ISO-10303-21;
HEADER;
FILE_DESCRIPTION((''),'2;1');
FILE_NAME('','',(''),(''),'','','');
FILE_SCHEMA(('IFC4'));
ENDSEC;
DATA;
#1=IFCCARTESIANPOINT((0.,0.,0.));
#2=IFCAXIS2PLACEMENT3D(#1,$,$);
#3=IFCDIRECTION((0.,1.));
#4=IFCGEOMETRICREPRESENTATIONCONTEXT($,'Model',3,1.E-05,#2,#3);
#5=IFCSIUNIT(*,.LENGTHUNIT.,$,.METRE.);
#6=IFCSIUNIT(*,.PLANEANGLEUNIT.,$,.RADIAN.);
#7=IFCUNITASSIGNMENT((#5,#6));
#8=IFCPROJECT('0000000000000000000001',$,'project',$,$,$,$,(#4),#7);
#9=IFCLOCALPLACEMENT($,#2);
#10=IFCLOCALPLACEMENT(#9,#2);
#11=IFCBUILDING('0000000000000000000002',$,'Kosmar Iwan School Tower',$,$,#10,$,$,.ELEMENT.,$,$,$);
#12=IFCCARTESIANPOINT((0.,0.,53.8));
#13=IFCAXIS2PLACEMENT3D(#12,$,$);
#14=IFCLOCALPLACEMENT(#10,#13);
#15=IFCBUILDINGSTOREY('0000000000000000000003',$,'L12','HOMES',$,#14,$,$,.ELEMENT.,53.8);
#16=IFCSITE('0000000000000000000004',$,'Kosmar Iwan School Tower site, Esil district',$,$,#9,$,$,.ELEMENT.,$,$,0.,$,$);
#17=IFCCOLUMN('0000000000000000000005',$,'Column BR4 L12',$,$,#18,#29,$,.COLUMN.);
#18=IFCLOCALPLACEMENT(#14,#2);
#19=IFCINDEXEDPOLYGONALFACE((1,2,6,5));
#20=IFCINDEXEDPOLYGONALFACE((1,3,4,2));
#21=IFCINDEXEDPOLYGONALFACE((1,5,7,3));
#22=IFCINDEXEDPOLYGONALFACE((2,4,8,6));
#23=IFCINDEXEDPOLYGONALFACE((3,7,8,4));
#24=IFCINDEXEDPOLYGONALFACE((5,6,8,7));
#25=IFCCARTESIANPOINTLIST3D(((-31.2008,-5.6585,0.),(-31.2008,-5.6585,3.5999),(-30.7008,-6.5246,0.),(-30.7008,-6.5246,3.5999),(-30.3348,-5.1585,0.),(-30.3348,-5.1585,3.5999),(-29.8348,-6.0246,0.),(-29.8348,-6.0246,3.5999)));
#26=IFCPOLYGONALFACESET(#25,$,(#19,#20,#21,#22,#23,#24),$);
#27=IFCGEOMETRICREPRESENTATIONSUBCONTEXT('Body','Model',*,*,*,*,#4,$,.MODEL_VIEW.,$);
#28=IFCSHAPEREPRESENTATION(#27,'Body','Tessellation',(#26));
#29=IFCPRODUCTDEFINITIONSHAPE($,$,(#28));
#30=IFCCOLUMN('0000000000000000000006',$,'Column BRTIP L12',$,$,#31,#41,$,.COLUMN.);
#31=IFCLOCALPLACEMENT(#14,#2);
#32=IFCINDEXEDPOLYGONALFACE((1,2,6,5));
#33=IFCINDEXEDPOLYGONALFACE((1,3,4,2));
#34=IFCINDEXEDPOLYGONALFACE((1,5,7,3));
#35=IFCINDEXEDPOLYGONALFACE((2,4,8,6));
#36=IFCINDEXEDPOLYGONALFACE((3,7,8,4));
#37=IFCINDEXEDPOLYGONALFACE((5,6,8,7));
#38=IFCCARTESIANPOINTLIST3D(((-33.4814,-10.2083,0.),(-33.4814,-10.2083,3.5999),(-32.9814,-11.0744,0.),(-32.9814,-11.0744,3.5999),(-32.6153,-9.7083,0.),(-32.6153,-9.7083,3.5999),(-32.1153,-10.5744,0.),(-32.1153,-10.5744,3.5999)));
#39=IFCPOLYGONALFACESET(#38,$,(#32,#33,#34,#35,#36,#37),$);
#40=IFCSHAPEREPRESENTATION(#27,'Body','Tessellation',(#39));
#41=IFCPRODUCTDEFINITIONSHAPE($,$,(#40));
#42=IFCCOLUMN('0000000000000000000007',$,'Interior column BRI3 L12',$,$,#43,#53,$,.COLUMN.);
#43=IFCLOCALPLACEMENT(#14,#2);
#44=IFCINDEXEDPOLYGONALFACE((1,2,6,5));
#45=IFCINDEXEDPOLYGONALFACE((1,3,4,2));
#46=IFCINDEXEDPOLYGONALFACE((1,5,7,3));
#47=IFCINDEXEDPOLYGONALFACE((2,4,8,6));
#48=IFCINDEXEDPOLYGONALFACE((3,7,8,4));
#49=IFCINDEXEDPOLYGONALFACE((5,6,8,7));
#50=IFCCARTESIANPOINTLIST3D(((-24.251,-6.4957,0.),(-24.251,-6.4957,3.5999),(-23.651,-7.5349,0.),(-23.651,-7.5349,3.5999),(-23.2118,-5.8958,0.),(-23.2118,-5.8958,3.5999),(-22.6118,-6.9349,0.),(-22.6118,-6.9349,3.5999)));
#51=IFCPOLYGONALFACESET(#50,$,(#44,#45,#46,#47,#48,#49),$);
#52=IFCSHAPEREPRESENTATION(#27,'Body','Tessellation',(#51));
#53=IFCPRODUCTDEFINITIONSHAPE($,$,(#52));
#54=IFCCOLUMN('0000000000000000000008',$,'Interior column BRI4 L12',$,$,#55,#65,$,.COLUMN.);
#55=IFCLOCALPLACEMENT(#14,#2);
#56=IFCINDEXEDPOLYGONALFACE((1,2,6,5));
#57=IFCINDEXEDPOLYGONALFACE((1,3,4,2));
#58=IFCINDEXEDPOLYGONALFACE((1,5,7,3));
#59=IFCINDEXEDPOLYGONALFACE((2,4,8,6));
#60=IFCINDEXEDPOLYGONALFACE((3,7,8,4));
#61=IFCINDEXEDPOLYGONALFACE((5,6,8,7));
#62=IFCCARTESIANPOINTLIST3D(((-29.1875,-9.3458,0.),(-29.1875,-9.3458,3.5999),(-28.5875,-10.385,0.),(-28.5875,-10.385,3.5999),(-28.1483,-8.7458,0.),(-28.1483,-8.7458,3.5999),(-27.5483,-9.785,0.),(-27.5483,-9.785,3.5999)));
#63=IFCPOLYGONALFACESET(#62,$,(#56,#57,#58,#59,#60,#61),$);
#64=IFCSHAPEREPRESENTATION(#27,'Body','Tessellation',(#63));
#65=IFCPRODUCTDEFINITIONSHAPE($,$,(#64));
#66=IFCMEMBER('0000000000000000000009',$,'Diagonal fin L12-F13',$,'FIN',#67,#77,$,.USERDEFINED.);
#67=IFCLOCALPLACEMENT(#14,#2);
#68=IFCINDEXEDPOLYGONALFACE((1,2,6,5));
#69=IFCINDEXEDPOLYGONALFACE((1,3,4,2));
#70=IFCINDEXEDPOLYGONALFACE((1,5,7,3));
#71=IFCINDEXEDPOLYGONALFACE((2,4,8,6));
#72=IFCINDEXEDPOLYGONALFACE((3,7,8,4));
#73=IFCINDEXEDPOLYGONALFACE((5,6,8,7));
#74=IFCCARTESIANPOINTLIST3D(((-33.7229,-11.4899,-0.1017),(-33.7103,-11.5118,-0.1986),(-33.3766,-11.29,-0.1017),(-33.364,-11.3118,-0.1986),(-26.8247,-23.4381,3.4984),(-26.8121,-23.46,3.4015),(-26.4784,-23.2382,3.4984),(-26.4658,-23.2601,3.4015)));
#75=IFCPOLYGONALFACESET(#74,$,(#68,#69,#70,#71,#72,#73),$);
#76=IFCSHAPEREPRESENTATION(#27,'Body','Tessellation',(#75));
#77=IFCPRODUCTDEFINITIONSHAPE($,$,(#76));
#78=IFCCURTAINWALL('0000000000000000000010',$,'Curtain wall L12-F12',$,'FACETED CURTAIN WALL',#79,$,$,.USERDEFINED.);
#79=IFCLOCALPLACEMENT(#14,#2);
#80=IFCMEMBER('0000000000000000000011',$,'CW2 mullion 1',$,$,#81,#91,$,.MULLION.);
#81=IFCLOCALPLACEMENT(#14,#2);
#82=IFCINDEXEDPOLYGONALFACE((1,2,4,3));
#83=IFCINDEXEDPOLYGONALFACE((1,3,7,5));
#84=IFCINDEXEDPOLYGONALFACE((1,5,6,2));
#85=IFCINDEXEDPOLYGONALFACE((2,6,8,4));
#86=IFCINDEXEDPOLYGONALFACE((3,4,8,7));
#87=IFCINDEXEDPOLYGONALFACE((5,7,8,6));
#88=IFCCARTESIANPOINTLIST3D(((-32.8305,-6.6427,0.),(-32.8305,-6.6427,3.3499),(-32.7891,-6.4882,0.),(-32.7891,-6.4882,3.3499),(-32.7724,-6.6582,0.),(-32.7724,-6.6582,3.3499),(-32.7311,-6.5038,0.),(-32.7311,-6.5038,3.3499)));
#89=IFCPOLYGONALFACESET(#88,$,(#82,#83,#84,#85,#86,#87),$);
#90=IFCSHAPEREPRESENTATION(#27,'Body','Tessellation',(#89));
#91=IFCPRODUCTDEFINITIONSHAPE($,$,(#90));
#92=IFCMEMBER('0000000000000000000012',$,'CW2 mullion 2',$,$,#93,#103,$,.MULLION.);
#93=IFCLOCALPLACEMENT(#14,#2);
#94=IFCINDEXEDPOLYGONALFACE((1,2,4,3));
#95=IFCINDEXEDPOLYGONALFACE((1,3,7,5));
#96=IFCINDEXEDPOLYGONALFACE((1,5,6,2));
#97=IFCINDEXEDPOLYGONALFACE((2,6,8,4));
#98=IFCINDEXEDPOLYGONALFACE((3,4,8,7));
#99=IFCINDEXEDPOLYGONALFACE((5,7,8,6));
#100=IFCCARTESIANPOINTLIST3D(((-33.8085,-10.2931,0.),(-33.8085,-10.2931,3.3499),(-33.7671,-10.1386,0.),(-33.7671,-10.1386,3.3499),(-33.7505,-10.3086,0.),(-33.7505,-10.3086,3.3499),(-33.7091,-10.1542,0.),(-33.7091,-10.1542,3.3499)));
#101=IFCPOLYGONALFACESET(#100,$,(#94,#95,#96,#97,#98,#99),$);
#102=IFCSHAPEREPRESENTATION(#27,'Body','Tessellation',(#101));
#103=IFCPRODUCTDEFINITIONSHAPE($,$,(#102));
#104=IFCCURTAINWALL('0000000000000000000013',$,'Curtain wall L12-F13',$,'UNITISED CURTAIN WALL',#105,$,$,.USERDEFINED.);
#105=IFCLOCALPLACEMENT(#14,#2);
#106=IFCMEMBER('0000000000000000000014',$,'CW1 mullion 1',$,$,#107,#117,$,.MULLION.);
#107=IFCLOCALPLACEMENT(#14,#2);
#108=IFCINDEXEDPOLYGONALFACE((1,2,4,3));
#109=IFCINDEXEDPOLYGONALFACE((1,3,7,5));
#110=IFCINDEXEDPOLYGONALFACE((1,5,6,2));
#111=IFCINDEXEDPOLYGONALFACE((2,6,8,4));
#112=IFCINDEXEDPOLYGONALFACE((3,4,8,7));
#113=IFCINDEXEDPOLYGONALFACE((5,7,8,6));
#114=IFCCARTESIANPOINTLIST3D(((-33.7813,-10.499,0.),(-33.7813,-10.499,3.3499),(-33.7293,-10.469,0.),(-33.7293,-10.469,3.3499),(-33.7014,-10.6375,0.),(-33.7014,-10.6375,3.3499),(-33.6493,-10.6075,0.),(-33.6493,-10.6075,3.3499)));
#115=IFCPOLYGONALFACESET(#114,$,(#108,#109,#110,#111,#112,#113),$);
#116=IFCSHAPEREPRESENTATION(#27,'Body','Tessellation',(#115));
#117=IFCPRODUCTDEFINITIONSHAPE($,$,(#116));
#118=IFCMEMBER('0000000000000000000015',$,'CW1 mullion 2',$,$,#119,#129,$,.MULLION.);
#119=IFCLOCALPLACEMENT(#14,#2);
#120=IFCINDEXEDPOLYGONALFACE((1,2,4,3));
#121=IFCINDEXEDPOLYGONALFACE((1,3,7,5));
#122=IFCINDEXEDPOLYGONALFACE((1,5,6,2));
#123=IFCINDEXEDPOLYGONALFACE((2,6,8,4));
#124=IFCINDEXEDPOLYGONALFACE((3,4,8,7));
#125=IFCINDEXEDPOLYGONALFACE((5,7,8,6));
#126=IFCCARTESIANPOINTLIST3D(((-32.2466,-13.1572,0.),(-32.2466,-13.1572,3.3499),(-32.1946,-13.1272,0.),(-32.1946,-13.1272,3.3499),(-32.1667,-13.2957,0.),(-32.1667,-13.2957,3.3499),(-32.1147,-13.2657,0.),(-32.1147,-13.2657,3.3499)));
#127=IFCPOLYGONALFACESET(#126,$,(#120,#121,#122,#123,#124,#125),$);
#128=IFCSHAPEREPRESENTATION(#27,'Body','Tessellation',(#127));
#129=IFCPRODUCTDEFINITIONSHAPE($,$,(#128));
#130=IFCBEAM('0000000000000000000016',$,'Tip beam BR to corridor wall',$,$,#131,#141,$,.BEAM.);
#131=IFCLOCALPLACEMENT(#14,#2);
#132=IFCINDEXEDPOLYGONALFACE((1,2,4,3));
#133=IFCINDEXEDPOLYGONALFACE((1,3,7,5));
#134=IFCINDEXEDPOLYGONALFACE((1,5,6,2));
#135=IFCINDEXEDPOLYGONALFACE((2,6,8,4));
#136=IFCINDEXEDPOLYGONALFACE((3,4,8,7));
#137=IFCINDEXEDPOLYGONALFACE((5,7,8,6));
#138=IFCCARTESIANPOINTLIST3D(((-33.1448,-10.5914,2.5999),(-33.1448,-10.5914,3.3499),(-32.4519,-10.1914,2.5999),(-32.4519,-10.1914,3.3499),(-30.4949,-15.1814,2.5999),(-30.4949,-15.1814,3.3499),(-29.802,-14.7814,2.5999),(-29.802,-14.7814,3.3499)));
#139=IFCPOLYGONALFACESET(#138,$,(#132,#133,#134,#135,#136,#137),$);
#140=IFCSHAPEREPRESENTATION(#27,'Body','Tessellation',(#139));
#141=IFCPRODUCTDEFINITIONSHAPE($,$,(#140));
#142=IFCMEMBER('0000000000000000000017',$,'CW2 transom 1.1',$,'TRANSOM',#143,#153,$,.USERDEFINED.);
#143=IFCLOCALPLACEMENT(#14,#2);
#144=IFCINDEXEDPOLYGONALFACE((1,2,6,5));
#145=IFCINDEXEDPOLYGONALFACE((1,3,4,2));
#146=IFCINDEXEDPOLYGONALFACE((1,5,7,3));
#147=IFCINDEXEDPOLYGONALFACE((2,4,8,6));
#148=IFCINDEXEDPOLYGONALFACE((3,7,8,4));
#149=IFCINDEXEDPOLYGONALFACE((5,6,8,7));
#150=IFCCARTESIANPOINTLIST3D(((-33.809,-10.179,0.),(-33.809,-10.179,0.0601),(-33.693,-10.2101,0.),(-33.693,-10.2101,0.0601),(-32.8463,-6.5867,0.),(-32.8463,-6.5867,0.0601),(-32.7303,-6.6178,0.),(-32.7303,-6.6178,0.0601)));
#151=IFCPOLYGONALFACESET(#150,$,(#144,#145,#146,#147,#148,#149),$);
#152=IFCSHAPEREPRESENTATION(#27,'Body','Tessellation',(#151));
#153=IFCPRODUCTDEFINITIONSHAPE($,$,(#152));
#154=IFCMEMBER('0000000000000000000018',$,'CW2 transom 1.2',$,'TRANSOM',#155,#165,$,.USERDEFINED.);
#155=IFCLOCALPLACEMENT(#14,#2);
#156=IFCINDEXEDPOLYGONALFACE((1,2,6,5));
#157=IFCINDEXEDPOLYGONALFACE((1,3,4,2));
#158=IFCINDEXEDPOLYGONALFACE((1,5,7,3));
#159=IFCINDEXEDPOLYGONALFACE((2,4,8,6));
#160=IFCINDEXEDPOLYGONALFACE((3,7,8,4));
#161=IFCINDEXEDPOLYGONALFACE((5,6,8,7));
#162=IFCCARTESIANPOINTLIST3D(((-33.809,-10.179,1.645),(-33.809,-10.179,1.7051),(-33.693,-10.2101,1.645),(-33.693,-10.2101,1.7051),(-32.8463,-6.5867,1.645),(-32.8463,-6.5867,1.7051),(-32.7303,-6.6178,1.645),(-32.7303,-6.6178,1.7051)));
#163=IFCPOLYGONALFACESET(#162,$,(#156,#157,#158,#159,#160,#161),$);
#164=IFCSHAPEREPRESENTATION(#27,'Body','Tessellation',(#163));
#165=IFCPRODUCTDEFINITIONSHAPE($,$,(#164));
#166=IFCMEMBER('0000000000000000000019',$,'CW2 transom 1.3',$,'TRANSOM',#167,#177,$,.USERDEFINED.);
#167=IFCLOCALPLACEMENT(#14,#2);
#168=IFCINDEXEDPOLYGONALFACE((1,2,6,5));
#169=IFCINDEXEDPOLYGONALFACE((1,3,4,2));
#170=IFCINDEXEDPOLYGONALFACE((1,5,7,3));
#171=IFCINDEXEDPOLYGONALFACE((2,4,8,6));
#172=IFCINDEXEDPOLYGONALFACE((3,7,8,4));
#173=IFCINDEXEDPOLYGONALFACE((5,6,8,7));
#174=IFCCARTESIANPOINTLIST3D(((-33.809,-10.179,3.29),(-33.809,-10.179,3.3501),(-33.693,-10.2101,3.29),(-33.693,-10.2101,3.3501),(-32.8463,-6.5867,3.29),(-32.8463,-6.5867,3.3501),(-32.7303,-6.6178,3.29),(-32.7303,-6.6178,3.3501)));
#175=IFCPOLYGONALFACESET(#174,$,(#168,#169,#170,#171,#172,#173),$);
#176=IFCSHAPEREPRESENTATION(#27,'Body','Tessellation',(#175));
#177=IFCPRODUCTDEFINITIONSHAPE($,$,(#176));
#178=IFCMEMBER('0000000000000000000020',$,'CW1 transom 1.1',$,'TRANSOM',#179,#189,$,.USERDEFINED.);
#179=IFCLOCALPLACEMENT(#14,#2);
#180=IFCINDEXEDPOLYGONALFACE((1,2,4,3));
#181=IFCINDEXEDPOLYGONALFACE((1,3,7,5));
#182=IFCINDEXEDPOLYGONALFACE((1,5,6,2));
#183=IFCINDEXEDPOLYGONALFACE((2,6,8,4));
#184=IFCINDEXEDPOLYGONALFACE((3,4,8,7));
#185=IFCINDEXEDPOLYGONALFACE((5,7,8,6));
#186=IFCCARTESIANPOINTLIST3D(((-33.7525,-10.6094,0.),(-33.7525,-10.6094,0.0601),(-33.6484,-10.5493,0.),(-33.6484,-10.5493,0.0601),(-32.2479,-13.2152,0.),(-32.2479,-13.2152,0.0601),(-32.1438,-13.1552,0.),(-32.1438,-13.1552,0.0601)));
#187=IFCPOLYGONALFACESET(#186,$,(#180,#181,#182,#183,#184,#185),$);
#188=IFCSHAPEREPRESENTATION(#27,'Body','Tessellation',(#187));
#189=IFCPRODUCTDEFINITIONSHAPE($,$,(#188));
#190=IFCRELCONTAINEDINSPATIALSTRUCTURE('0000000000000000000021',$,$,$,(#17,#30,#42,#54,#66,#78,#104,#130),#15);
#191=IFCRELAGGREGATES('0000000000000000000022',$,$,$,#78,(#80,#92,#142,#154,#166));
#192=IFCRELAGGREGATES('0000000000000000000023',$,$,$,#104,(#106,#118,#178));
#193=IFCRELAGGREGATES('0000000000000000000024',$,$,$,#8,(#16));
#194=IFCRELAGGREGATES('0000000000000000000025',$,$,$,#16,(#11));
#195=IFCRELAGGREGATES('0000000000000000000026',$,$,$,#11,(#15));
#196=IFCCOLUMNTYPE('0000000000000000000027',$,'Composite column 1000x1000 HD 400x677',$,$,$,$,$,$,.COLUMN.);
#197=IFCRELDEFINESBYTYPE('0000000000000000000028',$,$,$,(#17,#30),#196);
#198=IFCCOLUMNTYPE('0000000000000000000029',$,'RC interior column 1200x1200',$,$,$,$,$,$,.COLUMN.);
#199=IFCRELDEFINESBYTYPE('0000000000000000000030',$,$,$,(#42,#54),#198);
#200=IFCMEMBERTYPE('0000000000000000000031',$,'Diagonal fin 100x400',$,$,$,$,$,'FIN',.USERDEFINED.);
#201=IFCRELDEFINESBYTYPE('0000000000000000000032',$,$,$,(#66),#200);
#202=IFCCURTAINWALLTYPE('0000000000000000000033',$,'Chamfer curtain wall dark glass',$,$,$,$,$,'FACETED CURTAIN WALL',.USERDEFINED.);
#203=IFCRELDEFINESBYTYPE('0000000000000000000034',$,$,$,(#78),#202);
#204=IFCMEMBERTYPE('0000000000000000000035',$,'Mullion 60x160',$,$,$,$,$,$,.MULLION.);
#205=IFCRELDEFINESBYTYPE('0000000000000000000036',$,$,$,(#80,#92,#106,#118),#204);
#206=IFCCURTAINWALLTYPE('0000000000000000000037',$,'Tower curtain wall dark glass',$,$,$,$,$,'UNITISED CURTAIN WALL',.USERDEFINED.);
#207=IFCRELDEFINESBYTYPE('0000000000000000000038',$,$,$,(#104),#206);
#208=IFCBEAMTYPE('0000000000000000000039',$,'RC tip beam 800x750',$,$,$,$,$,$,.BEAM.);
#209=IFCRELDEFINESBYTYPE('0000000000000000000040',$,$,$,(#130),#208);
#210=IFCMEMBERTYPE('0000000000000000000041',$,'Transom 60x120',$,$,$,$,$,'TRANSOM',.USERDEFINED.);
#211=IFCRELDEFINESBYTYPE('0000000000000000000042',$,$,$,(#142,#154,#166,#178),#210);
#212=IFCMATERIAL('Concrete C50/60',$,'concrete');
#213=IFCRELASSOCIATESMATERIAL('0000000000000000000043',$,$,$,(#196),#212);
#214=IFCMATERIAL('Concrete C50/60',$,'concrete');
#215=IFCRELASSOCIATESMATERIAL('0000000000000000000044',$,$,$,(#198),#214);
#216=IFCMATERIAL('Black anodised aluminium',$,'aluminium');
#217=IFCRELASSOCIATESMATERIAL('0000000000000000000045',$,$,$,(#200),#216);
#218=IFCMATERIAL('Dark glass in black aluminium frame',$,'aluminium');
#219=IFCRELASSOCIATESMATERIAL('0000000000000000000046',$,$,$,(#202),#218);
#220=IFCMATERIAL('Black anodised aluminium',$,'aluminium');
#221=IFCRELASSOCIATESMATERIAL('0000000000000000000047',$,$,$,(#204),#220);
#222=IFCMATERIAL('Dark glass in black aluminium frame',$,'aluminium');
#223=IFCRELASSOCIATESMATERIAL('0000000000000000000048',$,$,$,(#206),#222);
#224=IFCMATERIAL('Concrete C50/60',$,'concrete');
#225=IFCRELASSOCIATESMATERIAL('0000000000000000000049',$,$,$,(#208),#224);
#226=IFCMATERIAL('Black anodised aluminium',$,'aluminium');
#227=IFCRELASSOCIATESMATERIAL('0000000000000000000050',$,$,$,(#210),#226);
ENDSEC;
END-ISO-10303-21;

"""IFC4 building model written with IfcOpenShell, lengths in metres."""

from ifc_helpers import new_model, si_unit, direction, frame, origin, origin_2d, place, context, subcontext, project, spatial, rectangle, extrude, material, material_profile, profile_set, type_object, element, aggregate, save


model = new_model("IFC4")

# Units and contexts
model_context = context("Model", 3, precision=1e-05, world=origin(), true_north=direction((0.0, 1.0)))
body_context = subcontext(model_context, "Body", "Model", "MODEL_VIEW")
ifc_project = project(units=[si_unit("LENGTHUNIT", "METRE"), si_unit("PLANEANGLEUNIT", "RADIAN")], contexts=[model_context])

# Site, building, storey
site_placement = place(None, origin())
site = spatial("IfcSite", under=ifc_project, at=site_placement, Name="Kosmar Iwan School Tower site, Esil district", CompositionType="ELEMENT", RefElevation=0.0)
building_placement = place(site_placement, origin())
building = spatial("IfcBuilding", under=site, at=building_placement, Name="Kosmar Iwan School Tower", CompositionType="ELEMENT")
storey_placement = place(building_placement, frame((0.0, 0.0, 53.8)))
storey = spatial("IfcBuildingStorey", under=building, at=storey_placement, Name="L12", Description="HOMES", CompositionType="ELEMENT", Elevation=53.8)

# Columns
ifc_material_1 = material(Name="Concrete C50/60", Category="concrete")
ifc_material_profile_1 = material_profile(ifc_material_1, rectangle(XDim=1.0, YDim=1.0, at=origin_2d()), Name="RC 1000x1000 + HD 400x677")
ifc_profile_set_1 = profile_set([ifc_material_profile_1], Name="Concrete C50/60")
column_type_1 = type_object("IfcColumnType", Name="Composite column 1000x1000 HD 400x677", PredefinedType="COLUMN", material=ifc_profile_set_1)
for number, where, z_axis, x_axis, name in (
    (1, (-30.5178, -5.8416, 0.0), (0.0, 0.0, 1.0), (-0.866025, -0.5, 0.0), "Column BR4 L12"),
    (2, (-32.7983, -10.3914, 0.0), (0.0, 0.0, 1.0), (-0.866025, -0.5, 0.0), "Column BRTIP L12"),
):
    element("IfcColumn", number, at=place(storey_placement, frame(where, z_axis=z_axis, x_axis=x_axis)), inside=storey, type_object=column_type_1, Name=name, PredefinedType="COLUMN", context=body_context, shape_type="SweptSolid", body=[
        extrude(rectangle(XDim=1.0, YDim=1.0, at=origin_2d()), origin(), (0.0, 0.0, 1.0), 3.5999),
    ])
ifc_material_2 = material(Name="Concrete C50/60", Category="concrete")
ifc_material_profile_2 = material_profile(ifc_material_2, rectangle(XDim=1.2, YDim=1.2, at=origin_2d()), Name="RC 1200x1200")
ifc_profile_set_2 = profile_set([ifc_material_profile_2], Name="Concrete C50/60")
column_type_2 = type_object("IfcColumnType", Name="RC interior column 1200x1200", PredefinedType="COLUMN", material=ifc_profile_set_2)
for number, where, z_axis, x_axis, name in (
    (3, (-23.4314, -6.7153, 0.0), (0.0, 0.0, 1.0), (-0.866025, -0.5, 0.0), "Interior column BRI3 L12"),
    (4, (-28.3679, -9.5654, 0.0), (0.0, 0.0, 1.0), (-0.866025, -0.5, 0.0), "Interior column BRI4 L12"),
):
    element("IfcColumn", number, at=place(storey_placement, frame(where, z_axis=z_axis, x_axis=x_axis)), inside=storey, type_object=column_type_2, Name=name, PredefinedType="COLUMN", context=body_context, shape_type="SweptSolid", body=[
        extrude(rectangle(XDim=1.2, YDim=1.2, at=origin_2d()), origin(), (0.0, 0.0, 1.0), 3.5999),
    ])

# Member
ifc_material_3 = material(Name="Black anodised aluminium", Category="aluminium")
ifc_material_profile_3 = material_profile(ifc_material_3, rectangle(XDim=0.1001, YDim=0.3999, at=origin_2d()), Name="FIN 100x400")
ifc_profile_set_3 = profile_set([ifc_material_profile_3], Name="Black anodised aluminium")
member_type_1 = type_object("IfcMemberType", Name="Diagonal fin 100x400", ElementType="FIN", PredefinedType="USERDEFINED", material=ifc_profile_set_3)
member_1_placement = place(storey_placement, frame((-33.5435, -11.4009, -0.1501), z_axis=(0.483793, -0.83797, 0.252487), x_axis=(-0.126242, 0.218661, 0.9676)))
element("IfcMember", 5, at=member_1_placement, inside=storey, type_object=member_type_1, Name="Diagonal fin L12-F13", ObjectType="FIN", PredefinedType="USERDEFINED", context=body_context, shape_type="SweptSolid", body=[
    extrude(rectangle(XDim=0.1001, YDim=0.3999, at=origin_2d()), origin(), (0.0, 0.0, 1.0), 14.2585),
])

# Curtain walls, members
ifc_material_4 = material(Name="Dark glass in black aluminium frame", Category="aluminium")
curtain_wall_type_1 = type_object("IfcCurtainWallType", Name="Chamfer curtain wall dark glass", ElementType="FACETED CURTAIN WALL", PredefinedType="USERDEFINED", material=ifc_material_4)
curtain_wall_1_placement = place(storey_placement, origin())
curtain_wall_1 = element("IfcCurtainWall", 6, at=curtain_wall_1_placement, inside=storey, type_object=curtain_wall_type_1, Name="Curtain wall L12-F12", ObjectType="FACETED CURTAIN WALL", PredefinedType="USERDEFINED")
ifc_material_5 = material(Name="Black anodised aluminium", Category="aluminium")
ifc_material_profile_4 = material_profile(ifc_material_5, rectangle(XDim=0.0601, YDim=0.1599, at=origin_2d()), Name="MULLION 60x160")
ifc_profile_set_4 = profile_set([ifc_material_profile_4], Name="Black anodised aluminium")
member_type_2 = type_object("IfcMemberType", Name="Mullion 60x160", PredefinedType="MULLION", material=ifc_profile_set_4)
member_2_placement = place(storey_placement, frame((-32.7808, -6.5732, 0.0), z_axis=(0.0, 0.0, 1.0), x_axis=(0.965926, -0.258819, 0.0)))
member_2 = element("IfcMember", 7, at=member_2_placement, type_object=member_type_2, Name="CW2 mullion 1", PredefinedType="MULLION", context=body_context, shape_type="SweptSolid", body=[
    extrude(rectangle(XDim=0.0601, YDim=0.1599, at=origin_2d()), origin(), (0.0, 0.0, 1.0), 3.3499),
])
member_3_placement = place(storey_placement, frame((-33.7588, -10.2236, 0.0), z_axis=(0.0, 0.0, 1.0), x_axis=(0.965926, -0.258819, 0.0)))
member_3 = element("IfcMember", 8, at=member_3_placement, type_object=member_type_2, Name="CW2 mullion 2", PredefinedType="MULLION", context=body_context, shape_type="SweptSolid", body=[
    extrude(rectangle(XDim=0.0601, YDim=0.1599, at=origin_2d()), origin(), (0.0, 0.0, 1.0), 3.3499),
])
ifc_material_6 = material(Name="Dark glass in black aluminium frame", Category="aluminium")
curtain_wall_type_2 = type_object("IfcCurtainWallType", Name="Tower curtain wall dark glass", ElementType="UNITISED CURTAIN WALL", PredefinedType="USERDEFINED", material=ifc_material_6)
curtain_wall_2_placement = place(storey_placement, origin())
curtain_wall_2 = element("IfcCurtainWall", 9, at=curtain_wall_2_placement, inside=storey, type_object=curtain_wall_type_2, Name="Curtain wall L12-F13", ObjectType="UNITISED CURTAIN WALL", PredefinedType="USERDEFINED")
member_4_placement = place(storey_placement, frame((-33.7153, -10.5532, 0.0), z_axis=(0.0, 0.0, 1.0), x_axis=(0.866025, 0.5, 0.0)))
member_4 = element("IfcMember", 10, at=member_4_placement, type_object=member_type_2, Name="CW1 mullion 1", PredefinedType="MULLION", context=body_context, shape_type="SweptSolid", body=[
    extrude(rectangle(XDim=0.0601, YDim=0.1599, at=origin_2d()), origin(), (0.0, 0.0, 1.0), 3.3499),
])
member_5_placement = place(storey_placement, frame((-32.1807, -13.2114, 0.0), z_axis=(0.0, 0.0, 1.0), x_axis=(0.866025, 0.5, 0.0)))
member_5 = element("IfcMember", 11, at=member_5_placement, type_object=member_type_2, Name="CW1 mullion 2", PredefinedType="MULLION", context=body_context, shape_type="SweptSolid", body=[
    extrude(rectangle(XDim=0.0601, YDim=0.1599, at=origin_2d()), origin(), (0.0, 0.0, 1.0), 3.3499),
])

# Beam
ifc_material_7 = material(Name="Concrete C50/60", Category="concrete")
ifc_material_profile_5 = material_profile(ifc_material_7, rectangle(XDim=0.8, YDim=0.75, at=origin_2d()), Name="RC 800x750")
ifc_profile_set_5 = profile_set([ifc_material_profile_5], Name="Concrete C50/60")
beam_type = type_object("IfcBeamType", Name="RC tip beam 800x750", PredefinedType="BEAM", material=ifc_profile_set_5)
beam_placement = place(storey_placement, frame((-32.7983, -10.3914, 2.9749), z_axis=(0.499974, -0.866041, 0.0), x_axis=(0.866041, 0.499974, 0.0)))
element("IfcBeam", 12, at=beam_placement, inside=storey, type_object=beam_type, Name="Tip beam BR to corridor wall", PredefinedType="BEAM", context=body_context, shape_type="SweptSolid", body=[
    extrude(rectangle(XDim=0.8, YDim=0.75, at=origin_2d()), origin(), (0.0, 0.0, 1.0), 5.3),
])

# Members
ifc_material_8 = material(Name="Black anodised aluminium", Category="aluminium")
ifc_material_profile_6 = material_profile(ifc_material_8, rectangle(XDim=0.1201, YDim=0.0601, at=origin_2d()), Name="TRANSOM 60x120")
ifc_profile_set_6 = profile_set([ifc_material_profile_6], Name="Black anodised aluminium")
member_type_3 = type_object("IfcMemberType", Name="Transom 60x120", ElementType="TRANSOM", PredefinedType="USERDEFINED", material=ifc_profile_set_6)
member_6_placement = place(storey_placement, frame((-32.7883, -6.6023, 0.03), z_axis=(-0.258843, -0.965919, 0.0), x_axis=(0.965919, -0.258843, 0.0)))
member_6 = element("IfcMember", 13, at=member_6_placement, type_object=member_type_3, Name="CW2 transom 1.1", ObjectType="TRANSOM", PredefinedType="USERDEFINED", context=body_context, shape_type="SweptSolid", body=[
    extrude(rectangle(XDim=0.1201, YDim=0.0601, at=origin_2d()), origin(), (0.0, 0.0, 1.0), 3.719),
])
member_7_placement = place(storey_placement, frame((-32.7883, -6.6023, 1.675), z_axis=(-0.258843, -0.965919, 0.0), x_axis=(0.965919, -0.258843, 0.0)))
member_7 = element("IfcMember", 14, at=member_7_placement, type_object=member_type_3, Name="CW2 transom 1.2", ObjectType="TRANSOM", PredefinedType="USERDEFINED", context=body_context, shape_type="SweptSolid", body=[
    extrude(rectangle(XDim=0.1201, YDim=0.0601, at=origin_2d()), origin(), (0.0, 0.0, 1.0), 3.719),
])
member_8_placement = place(storey_placement, frame((-32.7883, -6.6023, 3.3201), z_axis=(-0.258843, -0.965919, 0.0), x_axis=(0.965919, -0.258843, 0.0)))
member_8 = element("IfcMember", 15, at=member_8_placement, type_object=member_type_3, Name="CW2 transom 1.3", ObjectType="TRANSOM", PredefinedType="USERDEFINED", context=body_context, shape_type="SweptSolid", body=[
    extrude(rectangle(XDim=0.1201, YDim=0.0601, at=origin_2d()), origin(), (0.0, 0.0, 1.0), 3.719),
])
member_9_placement = place(storey_placement, frame((-33.7004, -10.5793, 0.03), z_axis=(0.500022, -0.866013, 0.0), x_axis=(0.866013, 0.500022, 0.0)))
member_9 = element("IfcMember", 16, at=member_9_placement, type_object=member_type_3, Name="CW1 transom 1.1", ObjectType="TRANSOM", PredefinedType="USERDEFINED", context=body_context, shape_type="SweptSolid", body=[
    extrude(rectangle(XDim=0.1201, YDim=0.0601, at=origin_2d()), origin(), (0.0, 0.0, 1.0), 3.009),
])

aggregate(curtain_wall_1, [member_2, member_3, member_6, member_7, member_8])
aggregate(curtain_wall_2, [member_4, member_5, member_9])

save(model, "model.ifc")
